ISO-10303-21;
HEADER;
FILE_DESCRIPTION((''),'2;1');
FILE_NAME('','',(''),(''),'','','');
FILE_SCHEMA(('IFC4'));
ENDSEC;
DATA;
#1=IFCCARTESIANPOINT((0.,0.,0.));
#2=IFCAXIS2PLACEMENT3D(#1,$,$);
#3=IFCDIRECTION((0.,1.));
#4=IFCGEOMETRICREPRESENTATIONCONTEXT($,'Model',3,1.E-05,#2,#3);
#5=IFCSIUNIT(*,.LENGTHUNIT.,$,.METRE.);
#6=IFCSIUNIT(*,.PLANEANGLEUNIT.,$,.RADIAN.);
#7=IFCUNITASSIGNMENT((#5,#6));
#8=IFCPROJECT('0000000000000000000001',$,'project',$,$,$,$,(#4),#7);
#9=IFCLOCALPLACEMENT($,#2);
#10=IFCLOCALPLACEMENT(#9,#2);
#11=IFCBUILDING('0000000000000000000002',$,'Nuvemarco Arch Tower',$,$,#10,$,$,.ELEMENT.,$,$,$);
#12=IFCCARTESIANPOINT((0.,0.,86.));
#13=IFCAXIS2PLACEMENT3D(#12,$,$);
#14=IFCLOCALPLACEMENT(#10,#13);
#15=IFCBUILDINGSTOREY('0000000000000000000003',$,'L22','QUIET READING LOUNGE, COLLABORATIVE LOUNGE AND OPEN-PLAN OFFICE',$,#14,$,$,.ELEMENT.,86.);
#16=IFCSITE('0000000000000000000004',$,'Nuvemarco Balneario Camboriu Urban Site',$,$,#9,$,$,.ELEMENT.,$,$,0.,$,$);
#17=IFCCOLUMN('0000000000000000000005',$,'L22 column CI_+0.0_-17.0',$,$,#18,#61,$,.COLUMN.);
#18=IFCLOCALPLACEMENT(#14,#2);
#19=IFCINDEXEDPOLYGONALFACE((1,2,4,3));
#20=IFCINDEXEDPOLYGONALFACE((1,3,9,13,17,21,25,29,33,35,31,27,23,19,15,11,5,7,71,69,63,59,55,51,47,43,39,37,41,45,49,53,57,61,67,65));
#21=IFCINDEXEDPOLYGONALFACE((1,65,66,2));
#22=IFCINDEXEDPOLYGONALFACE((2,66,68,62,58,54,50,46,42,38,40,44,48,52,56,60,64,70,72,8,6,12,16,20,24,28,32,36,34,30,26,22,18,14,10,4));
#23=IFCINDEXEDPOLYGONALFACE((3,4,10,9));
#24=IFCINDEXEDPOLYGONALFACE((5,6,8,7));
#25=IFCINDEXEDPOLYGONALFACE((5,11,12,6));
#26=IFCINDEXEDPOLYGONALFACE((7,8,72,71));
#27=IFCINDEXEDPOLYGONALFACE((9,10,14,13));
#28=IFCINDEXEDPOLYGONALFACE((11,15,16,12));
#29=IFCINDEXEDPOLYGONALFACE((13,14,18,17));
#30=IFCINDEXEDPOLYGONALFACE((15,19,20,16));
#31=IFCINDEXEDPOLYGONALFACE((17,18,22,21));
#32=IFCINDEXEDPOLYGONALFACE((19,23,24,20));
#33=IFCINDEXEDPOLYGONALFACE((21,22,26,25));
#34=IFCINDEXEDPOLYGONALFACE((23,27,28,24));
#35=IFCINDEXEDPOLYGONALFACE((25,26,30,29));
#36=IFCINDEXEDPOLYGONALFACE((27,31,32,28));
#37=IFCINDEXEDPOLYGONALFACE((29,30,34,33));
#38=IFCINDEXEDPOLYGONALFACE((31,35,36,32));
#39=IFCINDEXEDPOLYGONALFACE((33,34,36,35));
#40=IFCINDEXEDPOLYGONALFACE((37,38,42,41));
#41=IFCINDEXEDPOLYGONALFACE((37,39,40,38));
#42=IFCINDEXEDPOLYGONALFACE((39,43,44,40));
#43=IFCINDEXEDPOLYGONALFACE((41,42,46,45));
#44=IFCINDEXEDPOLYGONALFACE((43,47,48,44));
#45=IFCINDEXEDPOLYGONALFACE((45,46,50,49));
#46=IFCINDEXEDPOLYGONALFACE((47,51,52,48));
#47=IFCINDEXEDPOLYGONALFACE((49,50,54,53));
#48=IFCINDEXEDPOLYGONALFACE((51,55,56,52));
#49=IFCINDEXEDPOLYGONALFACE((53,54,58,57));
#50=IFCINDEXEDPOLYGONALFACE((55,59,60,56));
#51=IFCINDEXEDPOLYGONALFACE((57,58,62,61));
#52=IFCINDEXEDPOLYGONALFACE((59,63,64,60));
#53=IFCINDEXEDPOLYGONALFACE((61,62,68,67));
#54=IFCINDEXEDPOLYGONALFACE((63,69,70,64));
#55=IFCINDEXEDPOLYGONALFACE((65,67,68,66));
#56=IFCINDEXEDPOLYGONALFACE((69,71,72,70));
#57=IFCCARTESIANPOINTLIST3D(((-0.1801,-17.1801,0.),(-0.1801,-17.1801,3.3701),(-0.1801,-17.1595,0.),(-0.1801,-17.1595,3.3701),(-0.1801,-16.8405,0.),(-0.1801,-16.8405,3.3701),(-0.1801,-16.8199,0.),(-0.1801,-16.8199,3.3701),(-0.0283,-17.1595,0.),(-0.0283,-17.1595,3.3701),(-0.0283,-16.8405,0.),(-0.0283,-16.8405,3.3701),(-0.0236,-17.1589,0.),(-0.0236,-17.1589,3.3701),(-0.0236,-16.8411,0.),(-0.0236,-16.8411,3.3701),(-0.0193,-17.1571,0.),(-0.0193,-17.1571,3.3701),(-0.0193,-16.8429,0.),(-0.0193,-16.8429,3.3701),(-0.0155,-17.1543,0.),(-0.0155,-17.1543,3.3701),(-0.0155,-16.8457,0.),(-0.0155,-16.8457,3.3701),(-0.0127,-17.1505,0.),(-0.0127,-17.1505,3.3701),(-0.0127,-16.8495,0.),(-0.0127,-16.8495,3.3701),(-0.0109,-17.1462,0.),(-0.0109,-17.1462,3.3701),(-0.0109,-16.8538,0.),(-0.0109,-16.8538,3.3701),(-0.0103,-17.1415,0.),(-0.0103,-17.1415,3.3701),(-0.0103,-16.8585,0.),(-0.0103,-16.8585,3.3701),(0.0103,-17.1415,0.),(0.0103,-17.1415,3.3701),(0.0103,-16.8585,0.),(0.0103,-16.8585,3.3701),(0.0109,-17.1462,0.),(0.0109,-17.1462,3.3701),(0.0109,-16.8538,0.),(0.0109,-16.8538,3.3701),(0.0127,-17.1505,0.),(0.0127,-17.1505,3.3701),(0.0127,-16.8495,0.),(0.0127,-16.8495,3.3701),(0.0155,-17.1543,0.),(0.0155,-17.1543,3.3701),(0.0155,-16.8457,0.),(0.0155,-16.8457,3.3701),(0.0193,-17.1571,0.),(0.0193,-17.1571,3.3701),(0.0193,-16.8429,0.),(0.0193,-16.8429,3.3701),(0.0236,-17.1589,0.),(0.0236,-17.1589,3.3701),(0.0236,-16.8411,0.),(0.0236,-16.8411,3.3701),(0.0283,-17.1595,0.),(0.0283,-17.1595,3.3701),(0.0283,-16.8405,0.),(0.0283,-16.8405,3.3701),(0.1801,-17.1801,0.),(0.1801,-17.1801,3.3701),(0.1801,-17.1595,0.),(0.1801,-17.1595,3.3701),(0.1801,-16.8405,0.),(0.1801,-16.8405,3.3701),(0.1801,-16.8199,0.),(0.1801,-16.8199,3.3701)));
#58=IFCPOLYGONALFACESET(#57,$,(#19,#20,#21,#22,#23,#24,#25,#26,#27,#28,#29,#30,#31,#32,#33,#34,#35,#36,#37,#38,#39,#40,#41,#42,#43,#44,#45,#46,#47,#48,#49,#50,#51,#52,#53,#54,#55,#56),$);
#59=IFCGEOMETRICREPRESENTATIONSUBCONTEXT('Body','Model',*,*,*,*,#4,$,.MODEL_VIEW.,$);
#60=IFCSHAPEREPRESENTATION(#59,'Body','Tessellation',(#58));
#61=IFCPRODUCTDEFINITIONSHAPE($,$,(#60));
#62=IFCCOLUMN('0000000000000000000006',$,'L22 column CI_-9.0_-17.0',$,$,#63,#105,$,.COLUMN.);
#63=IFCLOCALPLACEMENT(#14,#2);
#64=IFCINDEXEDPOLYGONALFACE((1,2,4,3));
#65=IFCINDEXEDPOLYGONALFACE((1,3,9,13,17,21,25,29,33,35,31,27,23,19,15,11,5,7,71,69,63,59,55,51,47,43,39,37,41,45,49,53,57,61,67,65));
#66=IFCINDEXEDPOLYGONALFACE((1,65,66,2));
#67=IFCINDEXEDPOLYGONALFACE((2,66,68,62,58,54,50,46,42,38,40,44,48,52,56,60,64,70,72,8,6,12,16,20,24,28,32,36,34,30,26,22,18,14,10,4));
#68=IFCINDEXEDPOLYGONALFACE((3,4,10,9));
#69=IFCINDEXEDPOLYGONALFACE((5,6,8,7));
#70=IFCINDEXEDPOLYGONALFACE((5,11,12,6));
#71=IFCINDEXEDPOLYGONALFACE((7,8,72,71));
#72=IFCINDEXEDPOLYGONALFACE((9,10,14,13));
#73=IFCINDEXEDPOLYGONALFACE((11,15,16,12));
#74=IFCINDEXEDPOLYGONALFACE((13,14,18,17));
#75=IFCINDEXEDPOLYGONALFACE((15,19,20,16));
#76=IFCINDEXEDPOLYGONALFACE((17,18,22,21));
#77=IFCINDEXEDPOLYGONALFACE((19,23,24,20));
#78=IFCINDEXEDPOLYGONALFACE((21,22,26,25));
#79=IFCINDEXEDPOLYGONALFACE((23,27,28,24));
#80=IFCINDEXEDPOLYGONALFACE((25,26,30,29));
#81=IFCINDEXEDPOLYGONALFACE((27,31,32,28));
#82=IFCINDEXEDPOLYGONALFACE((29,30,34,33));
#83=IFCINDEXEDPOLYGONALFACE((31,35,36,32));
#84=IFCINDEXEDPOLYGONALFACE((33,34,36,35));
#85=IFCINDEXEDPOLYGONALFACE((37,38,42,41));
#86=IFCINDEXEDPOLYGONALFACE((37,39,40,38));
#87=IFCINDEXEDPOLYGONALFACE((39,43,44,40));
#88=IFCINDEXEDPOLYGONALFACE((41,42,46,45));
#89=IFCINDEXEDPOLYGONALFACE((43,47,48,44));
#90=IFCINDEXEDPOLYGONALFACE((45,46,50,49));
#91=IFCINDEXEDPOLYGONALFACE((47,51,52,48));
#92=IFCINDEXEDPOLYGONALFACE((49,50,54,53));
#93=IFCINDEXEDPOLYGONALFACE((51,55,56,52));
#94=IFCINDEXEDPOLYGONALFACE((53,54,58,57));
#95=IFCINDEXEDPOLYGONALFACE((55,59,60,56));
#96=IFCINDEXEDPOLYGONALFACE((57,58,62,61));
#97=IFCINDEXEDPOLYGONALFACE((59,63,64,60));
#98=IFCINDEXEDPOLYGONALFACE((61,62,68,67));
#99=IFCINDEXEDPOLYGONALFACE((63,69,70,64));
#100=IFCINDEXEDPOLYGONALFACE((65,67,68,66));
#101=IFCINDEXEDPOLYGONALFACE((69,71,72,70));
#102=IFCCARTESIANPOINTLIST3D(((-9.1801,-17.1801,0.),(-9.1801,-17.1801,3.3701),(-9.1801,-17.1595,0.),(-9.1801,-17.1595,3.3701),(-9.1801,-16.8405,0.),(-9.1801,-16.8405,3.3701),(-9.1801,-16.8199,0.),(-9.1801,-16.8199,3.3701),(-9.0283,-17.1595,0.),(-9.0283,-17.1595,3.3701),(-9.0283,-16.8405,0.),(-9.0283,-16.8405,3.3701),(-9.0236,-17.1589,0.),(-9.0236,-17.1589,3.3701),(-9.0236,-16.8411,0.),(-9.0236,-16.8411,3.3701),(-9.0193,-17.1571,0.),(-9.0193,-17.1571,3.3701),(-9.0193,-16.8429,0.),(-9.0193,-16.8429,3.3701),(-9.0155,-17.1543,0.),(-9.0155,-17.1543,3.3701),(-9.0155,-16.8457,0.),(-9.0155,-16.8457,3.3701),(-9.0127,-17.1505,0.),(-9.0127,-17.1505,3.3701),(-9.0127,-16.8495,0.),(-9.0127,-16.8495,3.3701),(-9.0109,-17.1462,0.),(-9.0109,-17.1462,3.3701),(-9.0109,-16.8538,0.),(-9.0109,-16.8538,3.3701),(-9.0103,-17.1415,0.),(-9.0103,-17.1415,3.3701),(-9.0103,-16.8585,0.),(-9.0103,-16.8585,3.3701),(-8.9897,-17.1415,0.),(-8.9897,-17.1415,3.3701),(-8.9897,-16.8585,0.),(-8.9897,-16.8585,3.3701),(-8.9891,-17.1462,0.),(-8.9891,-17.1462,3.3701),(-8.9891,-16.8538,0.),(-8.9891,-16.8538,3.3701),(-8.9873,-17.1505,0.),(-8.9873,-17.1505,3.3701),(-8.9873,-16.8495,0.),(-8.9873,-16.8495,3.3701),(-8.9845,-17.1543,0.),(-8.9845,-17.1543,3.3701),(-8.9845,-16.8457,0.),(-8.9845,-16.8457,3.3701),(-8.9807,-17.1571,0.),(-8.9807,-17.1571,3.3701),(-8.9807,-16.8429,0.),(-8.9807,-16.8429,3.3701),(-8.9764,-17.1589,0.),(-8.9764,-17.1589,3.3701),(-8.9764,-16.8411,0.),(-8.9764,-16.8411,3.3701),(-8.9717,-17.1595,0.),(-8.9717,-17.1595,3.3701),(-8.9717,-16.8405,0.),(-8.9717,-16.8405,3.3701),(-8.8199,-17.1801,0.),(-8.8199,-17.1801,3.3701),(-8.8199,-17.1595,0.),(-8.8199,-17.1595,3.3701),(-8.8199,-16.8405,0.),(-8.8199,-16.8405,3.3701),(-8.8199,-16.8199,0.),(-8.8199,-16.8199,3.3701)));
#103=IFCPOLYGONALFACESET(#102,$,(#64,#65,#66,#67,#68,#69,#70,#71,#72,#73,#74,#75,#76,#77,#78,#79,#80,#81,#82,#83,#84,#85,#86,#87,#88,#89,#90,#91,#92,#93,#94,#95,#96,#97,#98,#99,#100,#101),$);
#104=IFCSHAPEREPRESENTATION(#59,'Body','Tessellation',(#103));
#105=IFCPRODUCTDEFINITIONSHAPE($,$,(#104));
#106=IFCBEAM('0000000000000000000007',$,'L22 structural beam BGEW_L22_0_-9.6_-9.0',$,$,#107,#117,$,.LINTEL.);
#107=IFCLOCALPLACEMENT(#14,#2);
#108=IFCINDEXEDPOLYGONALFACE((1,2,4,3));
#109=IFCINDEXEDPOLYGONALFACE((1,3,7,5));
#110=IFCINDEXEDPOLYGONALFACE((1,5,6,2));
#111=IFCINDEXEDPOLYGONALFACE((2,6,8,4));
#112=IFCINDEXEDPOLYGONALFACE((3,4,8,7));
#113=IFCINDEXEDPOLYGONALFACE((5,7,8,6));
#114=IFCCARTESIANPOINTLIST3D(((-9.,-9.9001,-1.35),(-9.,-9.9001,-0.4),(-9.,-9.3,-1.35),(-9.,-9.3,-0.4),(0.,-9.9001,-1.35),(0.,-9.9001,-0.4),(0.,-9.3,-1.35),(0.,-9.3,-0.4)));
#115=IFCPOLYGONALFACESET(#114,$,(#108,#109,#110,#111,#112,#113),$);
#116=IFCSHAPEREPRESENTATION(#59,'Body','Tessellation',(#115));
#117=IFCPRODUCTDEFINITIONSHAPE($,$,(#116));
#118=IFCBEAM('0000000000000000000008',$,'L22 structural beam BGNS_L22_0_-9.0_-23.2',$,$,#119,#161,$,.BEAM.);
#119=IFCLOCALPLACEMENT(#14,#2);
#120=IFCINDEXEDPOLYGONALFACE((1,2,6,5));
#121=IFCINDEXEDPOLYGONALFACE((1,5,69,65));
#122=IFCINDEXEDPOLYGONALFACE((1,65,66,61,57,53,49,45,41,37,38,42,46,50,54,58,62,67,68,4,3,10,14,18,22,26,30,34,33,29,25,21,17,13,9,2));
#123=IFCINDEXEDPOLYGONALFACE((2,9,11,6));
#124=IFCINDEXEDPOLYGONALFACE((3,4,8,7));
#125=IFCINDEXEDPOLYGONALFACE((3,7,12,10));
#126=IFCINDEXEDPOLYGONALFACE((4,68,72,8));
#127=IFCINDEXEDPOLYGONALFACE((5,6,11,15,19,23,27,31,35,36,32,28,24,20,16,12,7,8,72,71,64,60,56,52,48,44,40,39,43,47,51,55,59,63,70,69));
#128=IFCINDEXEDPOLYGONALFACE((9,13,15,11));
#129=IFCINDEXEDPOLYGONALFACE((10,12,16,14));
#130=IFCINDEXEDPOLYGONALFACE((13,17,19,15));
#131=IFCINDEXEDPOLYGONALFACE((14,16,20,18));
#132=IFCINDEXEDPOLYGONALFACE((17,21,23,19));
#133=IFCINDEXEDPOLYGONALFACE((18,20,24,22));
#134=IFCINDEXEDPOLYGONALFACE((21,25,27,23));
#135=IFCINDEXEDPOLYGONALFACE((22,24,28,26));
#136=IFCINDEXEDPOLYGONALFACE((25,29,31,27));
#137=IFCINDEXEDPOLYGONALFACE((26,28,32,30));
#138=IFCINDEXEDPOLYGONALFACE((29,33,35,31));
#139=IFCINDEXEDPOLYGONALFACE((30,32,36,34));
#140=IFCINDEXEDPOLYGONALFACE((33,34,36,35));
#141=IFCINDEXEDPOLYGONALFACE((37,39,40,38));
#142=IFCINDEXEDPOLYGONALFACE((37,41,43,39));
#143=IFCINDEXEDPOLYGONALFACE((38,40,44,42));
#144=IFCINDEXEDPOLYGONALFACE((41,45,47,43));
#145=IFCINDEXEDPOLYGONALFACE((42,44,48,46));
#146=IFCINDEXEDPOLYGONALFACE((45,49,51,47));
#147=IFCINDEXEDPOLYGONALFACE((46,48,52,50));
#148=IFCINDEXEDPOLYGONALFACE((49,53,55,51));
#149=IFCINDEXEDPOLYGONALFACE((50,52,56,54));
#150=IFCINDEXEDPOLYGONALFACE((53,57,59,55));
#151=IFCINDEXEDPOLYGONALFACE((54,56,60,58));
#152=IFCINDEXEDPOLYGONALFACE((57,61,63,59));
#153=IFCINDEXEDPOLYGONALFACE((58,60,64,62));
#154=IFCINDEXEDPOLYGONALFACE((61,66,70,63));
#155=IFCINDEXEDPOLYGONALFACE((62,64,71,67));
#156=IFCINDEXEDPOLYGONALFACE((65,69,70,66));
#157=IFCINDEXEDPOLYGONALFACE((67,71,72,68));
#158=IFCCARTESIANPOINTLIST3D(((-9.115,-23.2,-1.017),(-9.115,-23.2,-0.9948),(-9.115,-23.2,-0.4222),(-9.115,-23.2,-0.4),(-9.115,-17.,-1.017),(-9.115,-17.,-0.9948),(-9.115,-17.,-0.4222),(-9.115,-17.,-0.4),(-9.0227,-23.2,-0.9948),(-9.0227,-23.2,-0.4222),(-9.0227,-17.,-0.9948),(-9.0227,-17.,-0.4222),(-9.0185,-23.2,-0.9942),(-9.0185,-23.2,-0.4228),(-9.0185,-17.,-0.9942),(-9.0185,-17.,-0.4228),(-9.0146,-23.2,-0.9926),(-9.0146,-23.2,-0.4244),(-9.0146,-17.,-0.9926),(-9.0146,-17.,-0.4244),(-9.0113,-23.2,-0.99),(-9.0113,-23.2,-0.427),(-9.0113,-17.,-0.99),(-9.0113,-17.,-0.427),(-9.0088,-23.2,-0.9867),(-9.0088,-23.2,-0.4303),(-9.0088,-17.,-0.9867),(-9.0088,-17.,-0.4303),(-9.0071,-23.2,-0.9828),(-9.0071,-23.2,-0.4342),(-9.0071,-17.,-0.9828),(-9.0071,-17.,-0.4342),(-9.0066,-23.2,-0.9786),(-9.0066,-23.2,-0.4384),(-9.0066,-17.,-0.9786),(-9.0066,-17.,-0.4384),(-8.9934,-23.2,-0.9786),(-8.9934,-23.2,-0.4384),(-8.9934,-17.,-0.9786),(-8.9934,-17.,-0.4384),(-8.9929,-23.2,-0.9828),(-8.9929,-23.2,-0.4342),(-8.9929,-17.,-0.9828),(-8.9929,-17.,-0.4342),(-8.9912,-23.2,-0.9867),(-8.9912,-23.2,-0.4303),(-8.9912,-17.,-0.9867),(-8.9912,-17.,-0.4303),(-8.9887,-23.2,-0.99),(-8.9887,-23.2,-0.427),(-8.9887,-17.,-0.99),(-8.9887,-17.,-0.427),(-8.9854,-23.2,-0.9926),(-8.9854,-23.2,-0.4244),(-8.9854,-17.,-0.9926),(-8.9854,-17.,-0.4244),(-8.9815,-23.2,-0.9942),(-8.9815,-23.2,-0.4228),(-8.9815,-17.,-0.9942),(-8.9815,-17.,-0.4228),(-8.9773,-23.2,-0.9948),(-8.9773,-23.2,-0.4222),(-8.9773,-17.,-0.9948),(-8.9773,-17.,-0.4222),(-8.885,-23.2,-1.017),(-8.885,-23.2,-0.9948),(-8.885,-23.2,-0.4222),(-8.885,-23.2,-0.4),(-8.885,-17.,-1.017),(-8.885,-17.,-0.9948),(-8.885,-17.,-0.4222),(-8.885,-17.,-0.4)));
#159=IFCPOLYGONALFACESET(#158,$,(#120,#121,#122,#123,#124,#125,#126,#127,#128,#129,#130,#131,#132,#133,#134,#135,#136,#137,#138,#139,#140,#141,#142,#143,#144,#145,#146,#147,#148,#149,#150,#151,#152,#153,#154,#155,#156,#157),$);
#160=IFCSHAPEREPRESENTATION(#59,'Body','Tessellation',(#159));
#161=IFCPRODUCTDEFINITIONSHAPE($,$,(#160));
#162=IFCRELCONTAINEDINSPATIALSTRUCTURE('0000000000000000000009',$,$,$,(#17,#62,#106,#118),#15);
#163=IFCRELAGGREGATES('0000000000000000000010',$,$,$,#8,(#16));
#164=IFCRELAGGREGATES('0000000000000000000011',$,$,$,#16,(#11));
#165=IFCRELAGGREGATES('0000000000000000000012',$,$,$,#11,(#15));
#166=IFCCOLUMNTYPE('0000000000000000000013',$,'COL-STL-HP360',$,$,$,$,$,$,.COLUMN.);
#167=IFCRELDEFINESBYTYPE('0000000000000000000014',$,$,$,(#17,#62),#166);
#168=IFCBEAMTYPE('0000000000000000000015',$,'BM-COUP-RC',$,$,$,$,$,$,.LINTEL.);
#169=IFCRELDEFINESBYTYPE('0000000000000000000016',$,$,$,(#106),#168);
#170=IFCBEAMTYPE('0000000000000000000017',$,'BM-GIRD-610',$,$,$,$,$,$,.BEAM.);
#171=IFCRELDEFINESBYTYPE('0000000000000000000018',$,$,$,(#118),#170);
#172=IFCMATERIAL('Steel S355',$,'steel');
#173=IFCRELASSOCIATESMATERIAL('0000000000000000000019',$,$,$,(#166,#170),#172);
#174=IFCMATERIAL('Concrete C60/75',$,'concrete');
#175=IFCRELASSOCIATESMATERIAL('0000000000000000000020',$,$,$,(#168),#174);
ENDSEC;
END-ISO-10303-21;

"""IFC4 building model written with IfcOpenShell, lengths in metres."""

from ifc_helpers import new_model, si_unit, direction, frame, origin, origin_2d, place, context, subcontext, project, spatial, rectangle, i_section, extrude, material, material_profile, profile_set, type_object, element, save


model = new_model("IFC4")

# Units and contexts
model_context = context("Model", 3, precision=1e-05, world=origin(), true_north=direction((0.0, 1.0)))
body_context = subcontext(model_context, "Body", "Model", "MODEL_VIEW")
ifc_project = project(units=[si_unit("LENGTHUNIT", "METRE"), si_unit("PLANEANGLEUNIT", "RADIAN")], contexts=[model_context])

# Site, building, storey
site_placement = place(None, origin())
site = spatial("IfcSite", under=ifc_project, at=site_placement, Name="Nuvemarco Balneario Camboriu Urban Site", CompositionType="ELEMENT", RefElevation=0.0)
building_placement = place(site_placement, origin())
building = spatial("IfcBuilding", under=site, at=building_placement, Name="Nuvemarco Arch Tower", CompositionType="ELEMENT")
storey_placement = place(building_placement, frame((0.0, 0.0, 86.0)))
storey = spatial("IfcBuildingStorey", under=building, at=storey_placement, Name="L22", Description="QUIET READING LOUNGE, COLLABORATIVE LOUNGE AND OPEN-PLAN OFFICE", CompositionType="ELEMENT", Elevation=86.0)

# Columns
ifc_material_1 = material(Name="Concrete C60/75", Category="concrete")
ifc_material_2 = material(Name="Steel S355", Category="steel")
ifc_material_profile_1 = material_profile(ifc_material_2, i_section(OverallWidth=0.3601, OverallDepth=0.3601, WebThickness=0.0205, FlangeThickness=0.0205, FilletRadius=0.0181, at=origin_2d()), Name="HP360x174")
ifc_profile_set_1 = profile_set([ifc_material_profile_1], Name="Steel S355")
column_type_1 = type_object("IfcColumnType", Name="COL-STL-HP360", PredefinedType="COLUMN", material=ifc_profile_set_1)
for number, where, z_axis, x_axis, name in (
    (1, (0.0, -17.0, 0.0), (0.0, 0.0, 1.0), (1.0, 0.0, 0.0), "L22 column CI_+0.0_-17.0"),
    (2, (-9.0, -17.0, 0.0), (0.0, 0.0, 1.0), (1.0, 0.0, 0.0), "L22 column CI_-9.0_-17.0"),
):
    element("IfcColumn", number, at=place(storey_placement, frame(where, z_axis=z_axis, x_axis=x_axis)), inside=storey, type_object=column_type_1, Name=name, PredefinedType="COLUMN", context=body_context, shape_type="SweptSolid", body=[
        extrude(i_section(OverallWidth=0.3601, OverallDepth=0.3601, WebThickness=0.0205, FlangeThickness=0.0205, FilletRadius=0.0181, at=origin_2d()), origin(), (0.0, 0.0, 1.0), 3.3701),
    ])

# Beams
ifc_material_profile_2 = material_profile(ifc_material_1, rectangle(XDim=0.6001, YDim=0.95, at=origin_2d()), Name="RC-BM-600x950")
ifc_profile_set_2 = profile_set([ifc_material_profile_2], Name="Concrete C60/75")
beam_type_1 = type_object("IfcBeamType", Name="BM-COUP-RC", PredefinedType="LINTEL", material=ifc_profile_set_2)
beam_1_placement = place(storey_placement, frame((-9.0, -9.6001, -0.875), z_axis=(1.0, 0.0, 0.0), x_axis=(0.0, 1.0, 0.0)))
element("IfcBeam", 3, at=beam_1_placement, inside=storey, type_object=beam_type_1, Name="L22 structural beam BGEW_L22_0_-9.6_-9.0", PredefinedType="LINTEL", context=body_context, shape_type="SweptSolid", body=[
    extrude(rectangle(XDim=0.6001, YDim=0.95, at=origin_2d()), origin(), (0.0, 0.0, 1.0), 9.0),
])
ifc_material_profile_3 = material_profile(ifc_material_2, i_section(OverallWidth=0.23, OverallDepth=0.6169, WebThickness=0.0132, FlangeThickness=0.0222, FilletRadius=0.0161, at=origin_2d()), Name="W610x140")
ifc_profile_set_3 = profile_set([ifc_material_profile_3], Name="Steel S355")
beam_type_2 = type_object("IfcBeamType", Name="BM-GIRD-610", PredefinedType="BEAM", material=ifc_profile_set_3)
beam_2_placement = place(storey_placement, frame((-9.0, -23.2, -0.7085), z_axis=(0.0, 1.0, 0.0), x_axis=(-1.0, 0.0, 0.0)))
element("IfcBeam", 4, at=beam_2_placement, inside=storey, type_object=beam_type_2, Name="L22 structural beam BGNS_L22_0_-9.0_-23.2", PredefinedType="BEAM", context=body_context, shape_type="SweptSolid", body=[
    extrude(i_section(OverallWidth=0.23, OverallDepth=0.6169, WebThickness=0.0132, FlangeThickness=0.0222, FilletRadius=0.0161, at=origin_2d()), origin(), (0.0, 0.0, 1.0), 6.2),
])

save(model, "model.ifc")
